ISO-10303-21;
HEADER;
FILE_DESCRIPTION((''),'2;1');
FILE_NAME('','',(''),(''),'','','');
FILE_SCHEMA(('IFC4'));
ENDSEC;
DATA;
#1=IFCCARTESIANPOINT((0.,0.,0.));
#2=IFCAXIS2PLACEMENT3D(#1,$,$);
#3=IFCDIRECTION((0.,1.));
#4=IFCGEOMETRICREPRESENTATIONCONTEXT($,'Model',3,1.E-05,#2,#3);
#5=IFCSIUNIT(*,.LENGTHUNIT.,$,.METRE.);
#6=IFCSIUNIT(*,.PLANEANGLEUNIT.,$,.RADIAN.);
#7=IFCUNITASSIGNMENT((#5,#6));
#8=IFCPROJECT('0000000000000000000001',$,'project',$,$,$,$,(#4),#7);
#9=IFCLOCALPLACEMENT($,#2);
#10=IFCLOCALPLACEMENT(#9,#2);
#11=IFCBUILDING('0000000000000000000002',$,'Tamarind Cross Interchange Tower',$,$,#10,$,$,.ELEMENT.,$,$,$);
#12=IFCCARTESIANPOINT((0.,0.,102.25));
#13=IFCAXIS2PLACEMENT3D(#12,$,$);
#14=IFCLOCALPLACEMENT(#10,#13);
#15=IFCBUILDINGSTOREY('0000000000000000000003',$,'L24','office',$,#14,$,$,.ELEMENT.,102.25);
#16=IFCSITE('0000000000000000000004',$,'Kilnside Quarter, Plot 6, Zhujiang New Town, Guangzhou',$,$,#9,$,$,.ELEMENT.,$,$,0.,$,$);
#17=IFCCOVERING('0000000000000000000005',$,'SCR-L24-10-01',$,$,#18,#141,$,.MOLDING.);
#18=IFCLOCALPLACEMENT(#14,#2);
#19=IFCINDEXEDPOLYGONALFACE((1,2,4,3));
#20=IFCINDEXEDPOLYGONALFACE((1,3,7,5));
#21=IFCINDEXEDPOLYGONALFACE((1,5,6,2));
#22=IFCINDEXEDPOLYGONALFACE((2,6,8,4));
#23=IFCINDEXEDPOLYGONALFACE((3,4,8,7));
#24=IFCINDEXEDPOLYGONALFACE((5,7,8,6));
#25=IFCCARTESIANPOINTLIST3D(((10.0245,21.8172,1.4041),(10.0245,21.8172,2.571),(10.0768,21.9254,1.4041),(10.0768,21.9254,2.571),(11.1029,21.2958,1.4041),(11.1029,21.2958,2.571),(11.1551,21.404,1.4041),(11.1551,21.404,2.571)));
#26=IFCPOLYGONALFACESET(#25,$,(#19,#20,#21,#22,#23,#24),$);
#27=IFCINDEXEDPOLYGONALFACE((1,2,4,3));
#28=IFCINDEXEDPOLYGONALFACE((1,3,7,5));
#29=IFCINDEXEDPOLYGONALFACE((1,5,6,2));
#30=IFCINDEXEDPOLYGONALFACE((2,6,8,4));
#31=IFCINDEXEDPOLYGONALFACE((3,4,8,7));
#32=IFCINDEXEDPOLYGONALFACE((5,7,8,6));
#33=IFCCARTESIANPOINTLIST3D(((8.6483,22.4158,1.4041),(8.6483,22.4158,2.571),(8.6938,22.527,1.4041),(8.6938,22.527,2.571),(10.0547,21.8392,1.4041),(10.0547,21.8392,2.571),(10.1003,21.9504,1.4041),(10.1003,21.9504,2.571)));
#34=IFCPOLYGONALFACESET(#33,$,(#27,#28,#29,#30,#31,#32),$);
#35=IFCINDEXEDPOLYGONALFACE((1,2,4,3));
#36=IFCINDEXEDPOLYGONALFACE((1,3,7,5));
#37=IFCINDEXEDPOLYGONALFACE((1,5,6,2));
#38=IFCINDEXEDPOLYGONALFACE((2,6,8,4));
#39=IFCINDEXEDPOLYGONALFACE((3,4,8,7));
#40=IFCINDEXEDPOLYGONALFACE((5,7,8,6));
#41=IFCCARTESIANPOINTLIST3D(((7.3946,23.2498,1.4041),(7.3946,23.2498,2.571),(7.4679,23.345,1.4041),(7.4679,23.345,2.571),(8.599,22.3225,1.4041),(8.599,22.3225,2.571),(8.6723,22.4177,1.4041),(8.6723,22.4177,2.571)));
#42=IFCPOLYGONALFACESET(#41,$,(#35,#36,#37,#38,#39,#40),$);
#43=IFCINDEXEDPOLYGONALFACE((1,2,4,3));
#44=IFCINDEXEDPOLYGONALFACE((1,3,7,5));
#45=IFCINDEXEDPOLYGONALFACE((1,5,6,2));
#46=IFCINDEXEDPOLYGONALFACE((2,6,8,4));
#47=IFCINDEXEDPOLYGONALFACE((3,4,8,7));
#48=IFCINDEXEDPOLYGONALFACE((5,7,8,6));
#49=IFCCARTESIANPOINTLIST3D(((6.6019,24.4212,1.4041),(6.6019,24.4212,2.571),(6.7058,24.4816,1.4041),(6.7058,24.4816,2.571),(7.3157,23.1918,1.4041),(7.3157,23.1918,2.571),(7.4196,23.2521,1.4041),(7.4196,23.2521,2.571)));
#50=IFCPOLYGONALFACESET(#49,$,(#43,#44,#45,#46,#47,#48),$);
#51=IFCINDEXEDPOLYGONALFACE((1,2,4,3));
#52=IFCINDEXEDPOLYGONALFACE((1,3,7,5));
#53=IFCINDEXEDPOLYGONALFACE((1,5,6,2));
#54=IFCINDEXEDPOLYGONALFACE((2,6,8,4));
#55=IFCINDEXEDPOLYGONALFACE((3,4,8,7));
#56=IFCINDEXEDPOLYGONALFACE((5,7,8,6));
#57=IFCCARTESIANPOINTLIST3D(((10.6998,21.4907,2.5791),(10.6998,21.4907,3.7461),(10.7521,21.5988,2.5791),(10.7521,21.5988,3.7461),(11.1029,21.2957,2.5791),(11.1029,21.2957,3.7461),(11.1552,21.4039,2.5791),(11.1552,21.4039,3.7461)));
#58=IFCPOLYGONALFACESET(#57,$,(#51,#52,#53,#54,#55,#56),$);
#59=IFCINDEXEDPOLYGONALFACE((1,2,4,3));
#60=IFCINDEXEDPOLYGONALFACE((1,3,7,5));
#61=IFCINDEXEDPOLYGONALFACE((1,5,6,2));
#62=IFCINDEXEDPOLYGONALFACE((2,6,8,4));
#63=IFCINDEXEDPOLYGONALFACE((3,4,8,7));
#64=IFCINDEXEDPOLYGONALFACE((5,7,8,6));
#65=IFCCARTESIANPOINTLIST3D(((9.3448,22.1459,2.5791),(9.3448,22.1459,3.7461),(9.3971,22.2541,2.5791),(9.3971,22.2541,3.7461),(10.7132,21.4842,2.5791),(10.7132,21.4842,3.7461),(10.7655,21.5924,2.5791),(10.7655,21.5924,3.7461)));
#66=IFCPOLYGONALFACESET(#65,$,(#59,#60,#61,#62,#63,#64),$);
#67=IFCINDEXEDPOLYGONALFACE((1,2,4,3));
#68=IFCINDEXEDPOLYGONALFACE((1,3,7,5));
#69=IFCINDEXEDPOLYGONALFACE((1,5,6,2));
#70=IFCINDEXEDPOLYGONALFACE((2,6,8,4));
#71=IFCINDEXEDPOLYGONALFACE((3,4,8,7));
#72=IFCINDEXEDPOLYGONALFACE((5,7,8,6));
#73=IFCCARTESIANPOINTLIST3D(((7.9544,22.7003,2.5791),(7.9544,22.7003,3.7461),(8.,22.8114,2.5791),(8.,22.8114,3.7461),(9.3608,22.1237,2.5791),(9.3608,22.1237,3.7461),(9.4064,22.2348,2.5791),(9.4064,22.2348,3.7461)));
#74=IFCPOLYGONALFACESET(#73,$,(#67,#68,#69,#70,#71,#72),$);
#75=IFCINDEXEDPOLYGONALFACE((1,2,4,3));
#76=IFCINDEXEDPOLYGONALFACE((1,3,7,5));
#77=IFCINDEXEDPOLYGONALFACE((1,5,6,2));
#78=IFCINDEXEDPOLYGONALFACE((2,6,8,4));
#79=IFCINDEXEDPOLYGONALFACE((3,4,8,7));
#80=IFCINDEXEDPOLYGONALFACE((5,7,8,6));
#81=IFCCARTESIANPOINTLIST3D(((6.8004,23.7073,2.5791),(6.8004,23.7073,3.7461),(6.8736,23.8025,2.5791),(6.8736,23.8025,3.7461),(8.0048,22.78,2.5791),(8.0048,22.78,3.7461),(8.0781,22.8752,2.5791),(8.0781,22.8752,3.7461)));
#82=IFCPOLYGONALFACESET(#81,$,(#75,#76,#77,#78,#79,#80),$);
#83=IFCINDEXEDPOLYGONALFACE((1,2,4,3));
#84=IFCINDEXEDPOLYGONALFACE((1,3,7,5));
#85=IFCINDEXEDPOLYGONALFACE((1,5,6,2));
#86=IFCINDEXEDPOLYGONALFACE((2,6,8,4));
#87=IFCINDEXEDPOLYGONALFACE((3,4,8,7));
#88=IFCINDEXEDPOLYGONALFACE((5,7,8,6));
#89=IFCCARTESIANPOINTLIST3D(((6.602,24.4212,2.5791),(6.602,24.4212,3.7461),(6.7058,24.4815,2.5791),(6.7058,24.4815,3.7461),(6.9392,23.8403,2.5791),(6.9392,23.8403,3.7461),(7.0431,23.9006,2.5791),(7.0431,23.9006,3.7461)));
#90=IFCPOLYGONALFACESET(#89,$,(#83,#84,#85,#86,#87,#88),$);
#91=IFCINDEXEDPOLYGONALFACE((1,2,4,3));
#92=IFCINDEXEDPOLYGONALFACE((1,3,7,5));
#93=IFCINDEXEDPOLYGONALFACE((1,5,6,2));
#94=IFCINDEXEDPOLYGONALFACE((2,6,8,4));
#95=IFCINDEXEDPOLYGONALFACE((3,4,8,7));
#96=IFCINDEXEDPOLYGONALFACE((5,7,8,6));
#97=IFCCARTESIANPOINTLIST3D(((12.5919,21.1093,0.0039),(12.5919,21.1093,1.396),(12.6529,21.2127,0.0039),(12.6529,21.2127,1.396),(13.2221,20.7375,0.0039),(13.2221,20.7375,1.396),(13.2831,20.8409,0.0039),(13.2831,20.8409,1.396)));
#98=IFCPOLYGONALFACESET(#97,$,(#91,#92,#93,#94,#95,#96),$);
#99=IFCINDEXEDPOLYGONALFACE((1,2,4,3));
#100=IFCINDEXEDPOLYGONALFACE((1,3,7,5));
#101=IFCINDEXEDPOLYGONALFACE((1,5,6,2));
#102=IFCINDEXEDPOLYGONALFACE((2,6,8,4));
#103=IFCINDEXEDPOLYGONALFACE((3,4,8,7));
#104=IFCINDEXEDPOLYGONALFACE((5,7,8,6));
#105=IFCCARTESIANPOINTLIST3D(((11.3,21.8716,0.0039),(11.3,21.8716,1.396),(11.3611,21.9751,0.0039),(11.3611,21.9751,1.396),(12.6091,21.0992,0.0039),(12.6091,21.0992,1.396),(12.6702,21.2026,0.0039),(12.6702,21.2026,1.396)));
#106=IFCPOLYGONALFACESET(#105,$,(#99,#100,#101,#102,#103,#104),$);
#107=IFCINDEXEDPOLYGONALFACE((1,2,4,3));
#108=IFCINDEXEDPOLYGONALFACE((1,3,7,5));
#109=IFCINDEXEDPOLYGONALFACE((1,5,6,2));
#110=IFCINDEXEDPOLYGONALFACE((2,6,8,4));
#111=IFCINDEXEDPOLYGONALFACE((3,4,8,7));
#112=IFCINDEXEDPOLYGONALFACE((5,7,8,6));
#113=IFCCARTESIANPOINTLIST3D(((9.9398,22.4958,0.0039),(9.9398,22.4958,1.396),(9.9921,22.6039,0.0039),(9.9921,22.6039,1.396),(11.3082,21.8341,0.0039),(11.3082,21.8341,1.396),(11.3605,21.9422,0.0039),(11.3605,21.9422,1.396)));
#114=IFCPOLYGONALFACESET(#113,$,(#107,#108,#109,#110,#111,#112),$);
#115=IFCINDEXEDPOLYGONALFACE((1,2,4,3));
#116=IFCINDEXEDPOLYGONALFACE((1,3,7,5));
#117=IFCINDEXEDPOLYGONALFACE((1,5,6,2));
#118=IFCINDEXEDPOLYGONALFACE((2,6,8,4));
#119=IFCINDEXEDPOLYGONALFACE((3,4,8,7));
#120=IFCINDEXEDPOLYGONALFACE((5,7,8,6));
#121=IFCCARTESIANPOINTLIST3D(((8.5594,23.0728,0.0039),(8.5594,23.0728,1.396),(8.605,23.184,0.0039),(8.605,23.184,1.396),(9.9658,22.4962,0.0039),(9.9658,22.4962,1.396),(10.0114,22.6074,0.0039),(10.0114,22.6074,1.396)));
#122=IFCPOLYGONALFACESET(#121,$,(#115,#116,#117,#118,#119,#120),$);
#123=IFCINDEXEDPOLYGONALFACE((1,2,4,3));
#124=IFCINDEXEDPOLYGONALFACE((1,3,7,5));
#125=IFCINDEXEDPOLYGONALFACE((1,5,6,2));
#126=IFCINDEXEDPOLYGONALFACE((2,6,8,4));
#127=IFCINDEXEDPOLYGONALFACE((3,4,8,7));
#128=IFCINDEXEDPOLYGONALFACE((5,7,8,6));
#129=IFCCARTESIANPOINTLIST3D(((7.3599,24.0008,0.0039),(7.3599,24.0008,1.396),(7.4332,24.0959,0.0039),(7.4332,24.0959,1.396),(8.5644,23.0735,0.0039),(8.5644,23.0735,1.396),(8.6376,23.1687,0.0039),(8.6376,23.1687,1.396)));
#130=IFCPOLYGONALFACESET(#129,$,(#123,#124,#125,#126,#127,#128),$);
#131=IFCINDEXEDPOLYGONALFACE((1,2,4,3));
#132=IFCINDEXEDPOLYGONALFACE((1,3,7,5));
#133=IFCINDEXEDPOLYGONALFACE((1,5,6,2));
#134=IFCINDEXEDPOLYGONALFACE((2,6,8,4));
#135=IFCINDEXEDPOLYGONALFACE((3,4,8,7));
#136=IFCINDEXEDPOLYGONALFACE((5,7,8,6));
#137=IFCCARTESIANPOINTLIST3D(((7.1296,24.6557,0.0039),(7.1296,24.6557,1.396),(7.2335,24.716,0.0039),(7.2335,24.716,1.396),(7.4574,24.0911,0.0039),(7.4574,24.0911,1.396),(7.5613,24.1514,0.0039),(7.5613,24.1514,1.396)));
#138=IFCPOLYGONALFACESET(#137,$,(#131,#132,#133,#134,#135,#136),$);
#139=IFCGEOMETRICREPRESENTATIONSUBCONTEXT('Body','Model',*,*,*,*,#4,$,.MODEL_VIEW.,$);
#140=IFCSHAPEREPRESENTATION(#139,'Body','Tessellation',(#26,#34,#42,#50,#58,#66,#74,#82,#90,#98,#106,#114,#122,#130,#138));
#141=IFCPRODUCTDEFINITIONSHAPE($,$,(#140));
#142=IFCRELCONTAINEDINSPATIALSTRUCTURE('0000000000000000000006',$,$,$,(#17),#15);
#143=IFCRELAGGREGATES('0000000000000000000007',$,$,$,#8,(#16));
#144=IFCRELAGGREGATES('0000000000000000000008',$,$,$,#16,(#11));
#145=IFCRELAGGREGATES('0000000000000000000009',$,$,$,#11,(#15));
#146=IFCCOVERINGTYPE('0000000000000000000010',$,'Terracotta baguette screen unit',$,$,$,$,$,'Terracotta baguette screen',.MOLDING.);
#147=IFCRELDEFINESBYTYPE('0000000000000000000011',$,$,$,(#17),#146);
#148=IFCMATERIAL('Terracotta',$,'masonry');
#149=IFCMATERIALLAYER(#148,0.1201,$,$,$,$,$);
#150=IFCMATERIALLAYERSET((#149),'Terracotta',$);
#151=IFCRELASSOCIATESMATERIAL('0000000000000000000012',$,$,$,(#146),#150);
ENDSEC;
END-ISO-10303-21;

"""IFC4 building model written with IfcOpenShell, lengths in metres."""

from ifc_helpers import new_model, si_unit, direction, frame, origin, origin_2d, place, context, subcontext, project, spatial, rectangle, extrude, material, layer, layer_set, type_object, element, save


model = new_model("IFC4")

# Units and contexts
model_context = context("Model", 3, precision=1e-05, world=origin(), true_north=direction((0.0, 1.0)))
body_context = subcontext(model_context, "Body", "Model", "MODEL_VIEW")
ifc_project = project(units=[si_unit("LENGTHUNIT", "METRE"), si_unit("PLANEANGLEUNIT", "RADIAN")], contexts=[model_context])

# Site, building, storey
site_placement = place(None, origin())
site = spatial("IfcSite", under=ifc_project, at=site_placement, Name="Kilnside Quarter, Plot 6, Zhujiang New Town, Guangzhou", CompositionType="ELEMENT", RefElevation=0.0)
building_placement = place(site_placement, origin())
building = spatial("IfcBuilding", under=site, at=building_placement, Name="Tamarind Cross Interchange Tower", CompositionType="ELEMENT")
storey_placement = place(building_placement, frame((0.0, 0.0, 102.25)))
storey = spatial("IfcBuildingStorey", under=building, at=storey_placement, Name="L24", Description="office", CompositionType="ELEMENT", Elevation=102.25)

# Covering
ifc_material_1 = material(Name="Terracotta", Category="masonry")
ifc_layer_1 = layer(ifc_material_1, 0.1201)
ifc_layer_set_1 = layer_set([ifc_layer_1], Name="Terracotta")
covering_type = type_object("IfcCoveringType", Name="Terracotta baguette screen unit", ElementType="Terracotta baguette screen", PredefinedType="MOLDING", material=ifc_layer_set_1)
covering_1_placement = place(storey_placement, origin())
element("IfcCovering", 1, at=covering_1_placement, inside=storey, type_object=covering_type, Name="SCR-L24-10-01", PredefinedType="MOLDING", context=body_context, shape_type="SweptSolid", body=[
    extrude(rectangle(XDim=1.1978, YDim=0.1201, at=origin_2d()), frame((10.5898, 21.6106, 1.4041), z_axis=(0.0, 0.0, 1.0), x_axis=(-0.900273, 0.435326, 0.0)), (0.0, 0.0, 1.0), 1.167),
    extrude(rectangle(XDim=1.52, YDim=0.1201, at=origin_2d()), frame((9.3743, 22.1831, 1.4041), z_axis=(0.0, 0.0, 1.0), x_axis=(-0.925258, 0.379339, 0.0)), (0.0, 0.0, 1.0), 1.167),
    extrude(rectangle(XDim=1.52, YDim=0.1201, at=origin_2d()), frame((8.0334, 22.8337, 1.4041), z_axis=(0.0, 0.0, 1.0), x_axis=(-0.792378, 0.61003, 0.0)), (0.0, 0.0, 1.0), 1.167),
    extrude(rectangle(XDim=1.4216, YDim=0.1201, at=origin_2d()), frame((7.0107, 23.8367, 1.4041), z_axis=(0.0, 0.0, 1.0), x_axis=(-0.502074, 0.864825, 0.0)), (0.0, 0.0, 1.0), 1.167),
    extrude(rectangle(XDim=0.4478, YDim=0.1201, at=origin_2d()), frame((10.9275, 21.4473, 2.5791), z_axis=(0.0, 0.0, 1.0), x_axis=(-0.900273, 0.435326, 0.0)), (0.0, 0.0, 1.0), 1.167),
    extrude(rectangle(XDim=1.52, YDim=0.1201, at=origin_2d()), frame((10.0552, 21.8691, 2.5791), z_axis=(0.0, 0.0, 1.0), x_axis=(-0.900273, 0.435326, 0.0)), (0.0, 0.0, 1.0), 1.167),
    extrude(rectangle(XDim=1.52, YDim=0.1201, at=origin_2d()), frame((8.6804, 22.4675, 2.5791), z_axis=(0.0, 0.0, 1.0), x_axis=(-0.925258, 0.379339, 0.0)), (0.0, 0.0, 1.0), 1.167),
    extrude(rectangle(XDim=1.52, YDim=0.1201, at=origin_2d()), frame((7.4392, 23.2913, 2.5791), z_axis=(0.0, 0.0, 1.0), x_axis=(-0.792378, 0.61003, 0.0)), (0.0, 0.0, 1.0), 1.167),
    extrude(rectangle(XDim=0.6716, YDim=0.1201, at=origin_2d()), frame((6.8225, 24.1609, 2.5791), z_axis=(0.0, 0.0, 1.0), x_axis=(-0.502074, 0.864825, 0.0)), (0.0, 0.0, 1.0), 1.167),
    extrude(rectangle(XDim=0.7317, YDim=0.1201, at=origin_2d()), frame((12.9375, 20.9751, 0.0039), z_axis=(0.0, 0.0, 1.0), x_axis=(-0.861249, 0.508183, 0.0)), (0.0, 0.0, 1.0), 1.3921),
    extrude(rectangle(XDim=1.52, YDim=0.1201, at=origin_2d()), frame((11.9851, 21.5371, 0.0039), z_axis=(0.0, 0.0, 1.0), x_axis=(-0.861249, 0.508183, 0.0)), (0.0, 0.0, 1.0), 1.3921),
    extrude(rectangle(XDim=1.52, YDim=0.1201, at=origin_2d()), frame((10.6501, 22.219, 0.0039), z_axis=(0.0, 0.0, 1.0), x_axis=(-0.900273, 0.435326, 0.0)), (0.0, 0.0, 1.0), 1.3921),
    extrude(rectangle(XDim=1.52, YDim=0.1201, at=origin_2d()), frame((9.2854, 22.8401, 0.0039), z_axis=(0.0, 0.0, 1.0), x_axis=(-0.925258, 0.379339, 0.0)), (0.0, 0.0, 1.0), 1.3921),
    extrude(rectangle(XDim=1.52, YDim=0.1201, at=origin_2d()), frame((7.9988, 23.5847, 0.0039), z_axis=(0.0, 0.0, 1.0), x_axis=(-0.792378, 0.61003, 0.0)), (0.0, 0.0, 1.0), 1.3921),
    extrude(rectangle(XDim=0.6528, YDim=0.1201, at=origin_2d()), frame((7.3455, 24.4036, 0.0039), z_axis=(0.0, 0.0, 1.0), x_axis=(-0.502074, 0.864825, 0.0)), (0.0, 0.0, 1.0), 1.3921),
])

save(model, "model.ifc")
